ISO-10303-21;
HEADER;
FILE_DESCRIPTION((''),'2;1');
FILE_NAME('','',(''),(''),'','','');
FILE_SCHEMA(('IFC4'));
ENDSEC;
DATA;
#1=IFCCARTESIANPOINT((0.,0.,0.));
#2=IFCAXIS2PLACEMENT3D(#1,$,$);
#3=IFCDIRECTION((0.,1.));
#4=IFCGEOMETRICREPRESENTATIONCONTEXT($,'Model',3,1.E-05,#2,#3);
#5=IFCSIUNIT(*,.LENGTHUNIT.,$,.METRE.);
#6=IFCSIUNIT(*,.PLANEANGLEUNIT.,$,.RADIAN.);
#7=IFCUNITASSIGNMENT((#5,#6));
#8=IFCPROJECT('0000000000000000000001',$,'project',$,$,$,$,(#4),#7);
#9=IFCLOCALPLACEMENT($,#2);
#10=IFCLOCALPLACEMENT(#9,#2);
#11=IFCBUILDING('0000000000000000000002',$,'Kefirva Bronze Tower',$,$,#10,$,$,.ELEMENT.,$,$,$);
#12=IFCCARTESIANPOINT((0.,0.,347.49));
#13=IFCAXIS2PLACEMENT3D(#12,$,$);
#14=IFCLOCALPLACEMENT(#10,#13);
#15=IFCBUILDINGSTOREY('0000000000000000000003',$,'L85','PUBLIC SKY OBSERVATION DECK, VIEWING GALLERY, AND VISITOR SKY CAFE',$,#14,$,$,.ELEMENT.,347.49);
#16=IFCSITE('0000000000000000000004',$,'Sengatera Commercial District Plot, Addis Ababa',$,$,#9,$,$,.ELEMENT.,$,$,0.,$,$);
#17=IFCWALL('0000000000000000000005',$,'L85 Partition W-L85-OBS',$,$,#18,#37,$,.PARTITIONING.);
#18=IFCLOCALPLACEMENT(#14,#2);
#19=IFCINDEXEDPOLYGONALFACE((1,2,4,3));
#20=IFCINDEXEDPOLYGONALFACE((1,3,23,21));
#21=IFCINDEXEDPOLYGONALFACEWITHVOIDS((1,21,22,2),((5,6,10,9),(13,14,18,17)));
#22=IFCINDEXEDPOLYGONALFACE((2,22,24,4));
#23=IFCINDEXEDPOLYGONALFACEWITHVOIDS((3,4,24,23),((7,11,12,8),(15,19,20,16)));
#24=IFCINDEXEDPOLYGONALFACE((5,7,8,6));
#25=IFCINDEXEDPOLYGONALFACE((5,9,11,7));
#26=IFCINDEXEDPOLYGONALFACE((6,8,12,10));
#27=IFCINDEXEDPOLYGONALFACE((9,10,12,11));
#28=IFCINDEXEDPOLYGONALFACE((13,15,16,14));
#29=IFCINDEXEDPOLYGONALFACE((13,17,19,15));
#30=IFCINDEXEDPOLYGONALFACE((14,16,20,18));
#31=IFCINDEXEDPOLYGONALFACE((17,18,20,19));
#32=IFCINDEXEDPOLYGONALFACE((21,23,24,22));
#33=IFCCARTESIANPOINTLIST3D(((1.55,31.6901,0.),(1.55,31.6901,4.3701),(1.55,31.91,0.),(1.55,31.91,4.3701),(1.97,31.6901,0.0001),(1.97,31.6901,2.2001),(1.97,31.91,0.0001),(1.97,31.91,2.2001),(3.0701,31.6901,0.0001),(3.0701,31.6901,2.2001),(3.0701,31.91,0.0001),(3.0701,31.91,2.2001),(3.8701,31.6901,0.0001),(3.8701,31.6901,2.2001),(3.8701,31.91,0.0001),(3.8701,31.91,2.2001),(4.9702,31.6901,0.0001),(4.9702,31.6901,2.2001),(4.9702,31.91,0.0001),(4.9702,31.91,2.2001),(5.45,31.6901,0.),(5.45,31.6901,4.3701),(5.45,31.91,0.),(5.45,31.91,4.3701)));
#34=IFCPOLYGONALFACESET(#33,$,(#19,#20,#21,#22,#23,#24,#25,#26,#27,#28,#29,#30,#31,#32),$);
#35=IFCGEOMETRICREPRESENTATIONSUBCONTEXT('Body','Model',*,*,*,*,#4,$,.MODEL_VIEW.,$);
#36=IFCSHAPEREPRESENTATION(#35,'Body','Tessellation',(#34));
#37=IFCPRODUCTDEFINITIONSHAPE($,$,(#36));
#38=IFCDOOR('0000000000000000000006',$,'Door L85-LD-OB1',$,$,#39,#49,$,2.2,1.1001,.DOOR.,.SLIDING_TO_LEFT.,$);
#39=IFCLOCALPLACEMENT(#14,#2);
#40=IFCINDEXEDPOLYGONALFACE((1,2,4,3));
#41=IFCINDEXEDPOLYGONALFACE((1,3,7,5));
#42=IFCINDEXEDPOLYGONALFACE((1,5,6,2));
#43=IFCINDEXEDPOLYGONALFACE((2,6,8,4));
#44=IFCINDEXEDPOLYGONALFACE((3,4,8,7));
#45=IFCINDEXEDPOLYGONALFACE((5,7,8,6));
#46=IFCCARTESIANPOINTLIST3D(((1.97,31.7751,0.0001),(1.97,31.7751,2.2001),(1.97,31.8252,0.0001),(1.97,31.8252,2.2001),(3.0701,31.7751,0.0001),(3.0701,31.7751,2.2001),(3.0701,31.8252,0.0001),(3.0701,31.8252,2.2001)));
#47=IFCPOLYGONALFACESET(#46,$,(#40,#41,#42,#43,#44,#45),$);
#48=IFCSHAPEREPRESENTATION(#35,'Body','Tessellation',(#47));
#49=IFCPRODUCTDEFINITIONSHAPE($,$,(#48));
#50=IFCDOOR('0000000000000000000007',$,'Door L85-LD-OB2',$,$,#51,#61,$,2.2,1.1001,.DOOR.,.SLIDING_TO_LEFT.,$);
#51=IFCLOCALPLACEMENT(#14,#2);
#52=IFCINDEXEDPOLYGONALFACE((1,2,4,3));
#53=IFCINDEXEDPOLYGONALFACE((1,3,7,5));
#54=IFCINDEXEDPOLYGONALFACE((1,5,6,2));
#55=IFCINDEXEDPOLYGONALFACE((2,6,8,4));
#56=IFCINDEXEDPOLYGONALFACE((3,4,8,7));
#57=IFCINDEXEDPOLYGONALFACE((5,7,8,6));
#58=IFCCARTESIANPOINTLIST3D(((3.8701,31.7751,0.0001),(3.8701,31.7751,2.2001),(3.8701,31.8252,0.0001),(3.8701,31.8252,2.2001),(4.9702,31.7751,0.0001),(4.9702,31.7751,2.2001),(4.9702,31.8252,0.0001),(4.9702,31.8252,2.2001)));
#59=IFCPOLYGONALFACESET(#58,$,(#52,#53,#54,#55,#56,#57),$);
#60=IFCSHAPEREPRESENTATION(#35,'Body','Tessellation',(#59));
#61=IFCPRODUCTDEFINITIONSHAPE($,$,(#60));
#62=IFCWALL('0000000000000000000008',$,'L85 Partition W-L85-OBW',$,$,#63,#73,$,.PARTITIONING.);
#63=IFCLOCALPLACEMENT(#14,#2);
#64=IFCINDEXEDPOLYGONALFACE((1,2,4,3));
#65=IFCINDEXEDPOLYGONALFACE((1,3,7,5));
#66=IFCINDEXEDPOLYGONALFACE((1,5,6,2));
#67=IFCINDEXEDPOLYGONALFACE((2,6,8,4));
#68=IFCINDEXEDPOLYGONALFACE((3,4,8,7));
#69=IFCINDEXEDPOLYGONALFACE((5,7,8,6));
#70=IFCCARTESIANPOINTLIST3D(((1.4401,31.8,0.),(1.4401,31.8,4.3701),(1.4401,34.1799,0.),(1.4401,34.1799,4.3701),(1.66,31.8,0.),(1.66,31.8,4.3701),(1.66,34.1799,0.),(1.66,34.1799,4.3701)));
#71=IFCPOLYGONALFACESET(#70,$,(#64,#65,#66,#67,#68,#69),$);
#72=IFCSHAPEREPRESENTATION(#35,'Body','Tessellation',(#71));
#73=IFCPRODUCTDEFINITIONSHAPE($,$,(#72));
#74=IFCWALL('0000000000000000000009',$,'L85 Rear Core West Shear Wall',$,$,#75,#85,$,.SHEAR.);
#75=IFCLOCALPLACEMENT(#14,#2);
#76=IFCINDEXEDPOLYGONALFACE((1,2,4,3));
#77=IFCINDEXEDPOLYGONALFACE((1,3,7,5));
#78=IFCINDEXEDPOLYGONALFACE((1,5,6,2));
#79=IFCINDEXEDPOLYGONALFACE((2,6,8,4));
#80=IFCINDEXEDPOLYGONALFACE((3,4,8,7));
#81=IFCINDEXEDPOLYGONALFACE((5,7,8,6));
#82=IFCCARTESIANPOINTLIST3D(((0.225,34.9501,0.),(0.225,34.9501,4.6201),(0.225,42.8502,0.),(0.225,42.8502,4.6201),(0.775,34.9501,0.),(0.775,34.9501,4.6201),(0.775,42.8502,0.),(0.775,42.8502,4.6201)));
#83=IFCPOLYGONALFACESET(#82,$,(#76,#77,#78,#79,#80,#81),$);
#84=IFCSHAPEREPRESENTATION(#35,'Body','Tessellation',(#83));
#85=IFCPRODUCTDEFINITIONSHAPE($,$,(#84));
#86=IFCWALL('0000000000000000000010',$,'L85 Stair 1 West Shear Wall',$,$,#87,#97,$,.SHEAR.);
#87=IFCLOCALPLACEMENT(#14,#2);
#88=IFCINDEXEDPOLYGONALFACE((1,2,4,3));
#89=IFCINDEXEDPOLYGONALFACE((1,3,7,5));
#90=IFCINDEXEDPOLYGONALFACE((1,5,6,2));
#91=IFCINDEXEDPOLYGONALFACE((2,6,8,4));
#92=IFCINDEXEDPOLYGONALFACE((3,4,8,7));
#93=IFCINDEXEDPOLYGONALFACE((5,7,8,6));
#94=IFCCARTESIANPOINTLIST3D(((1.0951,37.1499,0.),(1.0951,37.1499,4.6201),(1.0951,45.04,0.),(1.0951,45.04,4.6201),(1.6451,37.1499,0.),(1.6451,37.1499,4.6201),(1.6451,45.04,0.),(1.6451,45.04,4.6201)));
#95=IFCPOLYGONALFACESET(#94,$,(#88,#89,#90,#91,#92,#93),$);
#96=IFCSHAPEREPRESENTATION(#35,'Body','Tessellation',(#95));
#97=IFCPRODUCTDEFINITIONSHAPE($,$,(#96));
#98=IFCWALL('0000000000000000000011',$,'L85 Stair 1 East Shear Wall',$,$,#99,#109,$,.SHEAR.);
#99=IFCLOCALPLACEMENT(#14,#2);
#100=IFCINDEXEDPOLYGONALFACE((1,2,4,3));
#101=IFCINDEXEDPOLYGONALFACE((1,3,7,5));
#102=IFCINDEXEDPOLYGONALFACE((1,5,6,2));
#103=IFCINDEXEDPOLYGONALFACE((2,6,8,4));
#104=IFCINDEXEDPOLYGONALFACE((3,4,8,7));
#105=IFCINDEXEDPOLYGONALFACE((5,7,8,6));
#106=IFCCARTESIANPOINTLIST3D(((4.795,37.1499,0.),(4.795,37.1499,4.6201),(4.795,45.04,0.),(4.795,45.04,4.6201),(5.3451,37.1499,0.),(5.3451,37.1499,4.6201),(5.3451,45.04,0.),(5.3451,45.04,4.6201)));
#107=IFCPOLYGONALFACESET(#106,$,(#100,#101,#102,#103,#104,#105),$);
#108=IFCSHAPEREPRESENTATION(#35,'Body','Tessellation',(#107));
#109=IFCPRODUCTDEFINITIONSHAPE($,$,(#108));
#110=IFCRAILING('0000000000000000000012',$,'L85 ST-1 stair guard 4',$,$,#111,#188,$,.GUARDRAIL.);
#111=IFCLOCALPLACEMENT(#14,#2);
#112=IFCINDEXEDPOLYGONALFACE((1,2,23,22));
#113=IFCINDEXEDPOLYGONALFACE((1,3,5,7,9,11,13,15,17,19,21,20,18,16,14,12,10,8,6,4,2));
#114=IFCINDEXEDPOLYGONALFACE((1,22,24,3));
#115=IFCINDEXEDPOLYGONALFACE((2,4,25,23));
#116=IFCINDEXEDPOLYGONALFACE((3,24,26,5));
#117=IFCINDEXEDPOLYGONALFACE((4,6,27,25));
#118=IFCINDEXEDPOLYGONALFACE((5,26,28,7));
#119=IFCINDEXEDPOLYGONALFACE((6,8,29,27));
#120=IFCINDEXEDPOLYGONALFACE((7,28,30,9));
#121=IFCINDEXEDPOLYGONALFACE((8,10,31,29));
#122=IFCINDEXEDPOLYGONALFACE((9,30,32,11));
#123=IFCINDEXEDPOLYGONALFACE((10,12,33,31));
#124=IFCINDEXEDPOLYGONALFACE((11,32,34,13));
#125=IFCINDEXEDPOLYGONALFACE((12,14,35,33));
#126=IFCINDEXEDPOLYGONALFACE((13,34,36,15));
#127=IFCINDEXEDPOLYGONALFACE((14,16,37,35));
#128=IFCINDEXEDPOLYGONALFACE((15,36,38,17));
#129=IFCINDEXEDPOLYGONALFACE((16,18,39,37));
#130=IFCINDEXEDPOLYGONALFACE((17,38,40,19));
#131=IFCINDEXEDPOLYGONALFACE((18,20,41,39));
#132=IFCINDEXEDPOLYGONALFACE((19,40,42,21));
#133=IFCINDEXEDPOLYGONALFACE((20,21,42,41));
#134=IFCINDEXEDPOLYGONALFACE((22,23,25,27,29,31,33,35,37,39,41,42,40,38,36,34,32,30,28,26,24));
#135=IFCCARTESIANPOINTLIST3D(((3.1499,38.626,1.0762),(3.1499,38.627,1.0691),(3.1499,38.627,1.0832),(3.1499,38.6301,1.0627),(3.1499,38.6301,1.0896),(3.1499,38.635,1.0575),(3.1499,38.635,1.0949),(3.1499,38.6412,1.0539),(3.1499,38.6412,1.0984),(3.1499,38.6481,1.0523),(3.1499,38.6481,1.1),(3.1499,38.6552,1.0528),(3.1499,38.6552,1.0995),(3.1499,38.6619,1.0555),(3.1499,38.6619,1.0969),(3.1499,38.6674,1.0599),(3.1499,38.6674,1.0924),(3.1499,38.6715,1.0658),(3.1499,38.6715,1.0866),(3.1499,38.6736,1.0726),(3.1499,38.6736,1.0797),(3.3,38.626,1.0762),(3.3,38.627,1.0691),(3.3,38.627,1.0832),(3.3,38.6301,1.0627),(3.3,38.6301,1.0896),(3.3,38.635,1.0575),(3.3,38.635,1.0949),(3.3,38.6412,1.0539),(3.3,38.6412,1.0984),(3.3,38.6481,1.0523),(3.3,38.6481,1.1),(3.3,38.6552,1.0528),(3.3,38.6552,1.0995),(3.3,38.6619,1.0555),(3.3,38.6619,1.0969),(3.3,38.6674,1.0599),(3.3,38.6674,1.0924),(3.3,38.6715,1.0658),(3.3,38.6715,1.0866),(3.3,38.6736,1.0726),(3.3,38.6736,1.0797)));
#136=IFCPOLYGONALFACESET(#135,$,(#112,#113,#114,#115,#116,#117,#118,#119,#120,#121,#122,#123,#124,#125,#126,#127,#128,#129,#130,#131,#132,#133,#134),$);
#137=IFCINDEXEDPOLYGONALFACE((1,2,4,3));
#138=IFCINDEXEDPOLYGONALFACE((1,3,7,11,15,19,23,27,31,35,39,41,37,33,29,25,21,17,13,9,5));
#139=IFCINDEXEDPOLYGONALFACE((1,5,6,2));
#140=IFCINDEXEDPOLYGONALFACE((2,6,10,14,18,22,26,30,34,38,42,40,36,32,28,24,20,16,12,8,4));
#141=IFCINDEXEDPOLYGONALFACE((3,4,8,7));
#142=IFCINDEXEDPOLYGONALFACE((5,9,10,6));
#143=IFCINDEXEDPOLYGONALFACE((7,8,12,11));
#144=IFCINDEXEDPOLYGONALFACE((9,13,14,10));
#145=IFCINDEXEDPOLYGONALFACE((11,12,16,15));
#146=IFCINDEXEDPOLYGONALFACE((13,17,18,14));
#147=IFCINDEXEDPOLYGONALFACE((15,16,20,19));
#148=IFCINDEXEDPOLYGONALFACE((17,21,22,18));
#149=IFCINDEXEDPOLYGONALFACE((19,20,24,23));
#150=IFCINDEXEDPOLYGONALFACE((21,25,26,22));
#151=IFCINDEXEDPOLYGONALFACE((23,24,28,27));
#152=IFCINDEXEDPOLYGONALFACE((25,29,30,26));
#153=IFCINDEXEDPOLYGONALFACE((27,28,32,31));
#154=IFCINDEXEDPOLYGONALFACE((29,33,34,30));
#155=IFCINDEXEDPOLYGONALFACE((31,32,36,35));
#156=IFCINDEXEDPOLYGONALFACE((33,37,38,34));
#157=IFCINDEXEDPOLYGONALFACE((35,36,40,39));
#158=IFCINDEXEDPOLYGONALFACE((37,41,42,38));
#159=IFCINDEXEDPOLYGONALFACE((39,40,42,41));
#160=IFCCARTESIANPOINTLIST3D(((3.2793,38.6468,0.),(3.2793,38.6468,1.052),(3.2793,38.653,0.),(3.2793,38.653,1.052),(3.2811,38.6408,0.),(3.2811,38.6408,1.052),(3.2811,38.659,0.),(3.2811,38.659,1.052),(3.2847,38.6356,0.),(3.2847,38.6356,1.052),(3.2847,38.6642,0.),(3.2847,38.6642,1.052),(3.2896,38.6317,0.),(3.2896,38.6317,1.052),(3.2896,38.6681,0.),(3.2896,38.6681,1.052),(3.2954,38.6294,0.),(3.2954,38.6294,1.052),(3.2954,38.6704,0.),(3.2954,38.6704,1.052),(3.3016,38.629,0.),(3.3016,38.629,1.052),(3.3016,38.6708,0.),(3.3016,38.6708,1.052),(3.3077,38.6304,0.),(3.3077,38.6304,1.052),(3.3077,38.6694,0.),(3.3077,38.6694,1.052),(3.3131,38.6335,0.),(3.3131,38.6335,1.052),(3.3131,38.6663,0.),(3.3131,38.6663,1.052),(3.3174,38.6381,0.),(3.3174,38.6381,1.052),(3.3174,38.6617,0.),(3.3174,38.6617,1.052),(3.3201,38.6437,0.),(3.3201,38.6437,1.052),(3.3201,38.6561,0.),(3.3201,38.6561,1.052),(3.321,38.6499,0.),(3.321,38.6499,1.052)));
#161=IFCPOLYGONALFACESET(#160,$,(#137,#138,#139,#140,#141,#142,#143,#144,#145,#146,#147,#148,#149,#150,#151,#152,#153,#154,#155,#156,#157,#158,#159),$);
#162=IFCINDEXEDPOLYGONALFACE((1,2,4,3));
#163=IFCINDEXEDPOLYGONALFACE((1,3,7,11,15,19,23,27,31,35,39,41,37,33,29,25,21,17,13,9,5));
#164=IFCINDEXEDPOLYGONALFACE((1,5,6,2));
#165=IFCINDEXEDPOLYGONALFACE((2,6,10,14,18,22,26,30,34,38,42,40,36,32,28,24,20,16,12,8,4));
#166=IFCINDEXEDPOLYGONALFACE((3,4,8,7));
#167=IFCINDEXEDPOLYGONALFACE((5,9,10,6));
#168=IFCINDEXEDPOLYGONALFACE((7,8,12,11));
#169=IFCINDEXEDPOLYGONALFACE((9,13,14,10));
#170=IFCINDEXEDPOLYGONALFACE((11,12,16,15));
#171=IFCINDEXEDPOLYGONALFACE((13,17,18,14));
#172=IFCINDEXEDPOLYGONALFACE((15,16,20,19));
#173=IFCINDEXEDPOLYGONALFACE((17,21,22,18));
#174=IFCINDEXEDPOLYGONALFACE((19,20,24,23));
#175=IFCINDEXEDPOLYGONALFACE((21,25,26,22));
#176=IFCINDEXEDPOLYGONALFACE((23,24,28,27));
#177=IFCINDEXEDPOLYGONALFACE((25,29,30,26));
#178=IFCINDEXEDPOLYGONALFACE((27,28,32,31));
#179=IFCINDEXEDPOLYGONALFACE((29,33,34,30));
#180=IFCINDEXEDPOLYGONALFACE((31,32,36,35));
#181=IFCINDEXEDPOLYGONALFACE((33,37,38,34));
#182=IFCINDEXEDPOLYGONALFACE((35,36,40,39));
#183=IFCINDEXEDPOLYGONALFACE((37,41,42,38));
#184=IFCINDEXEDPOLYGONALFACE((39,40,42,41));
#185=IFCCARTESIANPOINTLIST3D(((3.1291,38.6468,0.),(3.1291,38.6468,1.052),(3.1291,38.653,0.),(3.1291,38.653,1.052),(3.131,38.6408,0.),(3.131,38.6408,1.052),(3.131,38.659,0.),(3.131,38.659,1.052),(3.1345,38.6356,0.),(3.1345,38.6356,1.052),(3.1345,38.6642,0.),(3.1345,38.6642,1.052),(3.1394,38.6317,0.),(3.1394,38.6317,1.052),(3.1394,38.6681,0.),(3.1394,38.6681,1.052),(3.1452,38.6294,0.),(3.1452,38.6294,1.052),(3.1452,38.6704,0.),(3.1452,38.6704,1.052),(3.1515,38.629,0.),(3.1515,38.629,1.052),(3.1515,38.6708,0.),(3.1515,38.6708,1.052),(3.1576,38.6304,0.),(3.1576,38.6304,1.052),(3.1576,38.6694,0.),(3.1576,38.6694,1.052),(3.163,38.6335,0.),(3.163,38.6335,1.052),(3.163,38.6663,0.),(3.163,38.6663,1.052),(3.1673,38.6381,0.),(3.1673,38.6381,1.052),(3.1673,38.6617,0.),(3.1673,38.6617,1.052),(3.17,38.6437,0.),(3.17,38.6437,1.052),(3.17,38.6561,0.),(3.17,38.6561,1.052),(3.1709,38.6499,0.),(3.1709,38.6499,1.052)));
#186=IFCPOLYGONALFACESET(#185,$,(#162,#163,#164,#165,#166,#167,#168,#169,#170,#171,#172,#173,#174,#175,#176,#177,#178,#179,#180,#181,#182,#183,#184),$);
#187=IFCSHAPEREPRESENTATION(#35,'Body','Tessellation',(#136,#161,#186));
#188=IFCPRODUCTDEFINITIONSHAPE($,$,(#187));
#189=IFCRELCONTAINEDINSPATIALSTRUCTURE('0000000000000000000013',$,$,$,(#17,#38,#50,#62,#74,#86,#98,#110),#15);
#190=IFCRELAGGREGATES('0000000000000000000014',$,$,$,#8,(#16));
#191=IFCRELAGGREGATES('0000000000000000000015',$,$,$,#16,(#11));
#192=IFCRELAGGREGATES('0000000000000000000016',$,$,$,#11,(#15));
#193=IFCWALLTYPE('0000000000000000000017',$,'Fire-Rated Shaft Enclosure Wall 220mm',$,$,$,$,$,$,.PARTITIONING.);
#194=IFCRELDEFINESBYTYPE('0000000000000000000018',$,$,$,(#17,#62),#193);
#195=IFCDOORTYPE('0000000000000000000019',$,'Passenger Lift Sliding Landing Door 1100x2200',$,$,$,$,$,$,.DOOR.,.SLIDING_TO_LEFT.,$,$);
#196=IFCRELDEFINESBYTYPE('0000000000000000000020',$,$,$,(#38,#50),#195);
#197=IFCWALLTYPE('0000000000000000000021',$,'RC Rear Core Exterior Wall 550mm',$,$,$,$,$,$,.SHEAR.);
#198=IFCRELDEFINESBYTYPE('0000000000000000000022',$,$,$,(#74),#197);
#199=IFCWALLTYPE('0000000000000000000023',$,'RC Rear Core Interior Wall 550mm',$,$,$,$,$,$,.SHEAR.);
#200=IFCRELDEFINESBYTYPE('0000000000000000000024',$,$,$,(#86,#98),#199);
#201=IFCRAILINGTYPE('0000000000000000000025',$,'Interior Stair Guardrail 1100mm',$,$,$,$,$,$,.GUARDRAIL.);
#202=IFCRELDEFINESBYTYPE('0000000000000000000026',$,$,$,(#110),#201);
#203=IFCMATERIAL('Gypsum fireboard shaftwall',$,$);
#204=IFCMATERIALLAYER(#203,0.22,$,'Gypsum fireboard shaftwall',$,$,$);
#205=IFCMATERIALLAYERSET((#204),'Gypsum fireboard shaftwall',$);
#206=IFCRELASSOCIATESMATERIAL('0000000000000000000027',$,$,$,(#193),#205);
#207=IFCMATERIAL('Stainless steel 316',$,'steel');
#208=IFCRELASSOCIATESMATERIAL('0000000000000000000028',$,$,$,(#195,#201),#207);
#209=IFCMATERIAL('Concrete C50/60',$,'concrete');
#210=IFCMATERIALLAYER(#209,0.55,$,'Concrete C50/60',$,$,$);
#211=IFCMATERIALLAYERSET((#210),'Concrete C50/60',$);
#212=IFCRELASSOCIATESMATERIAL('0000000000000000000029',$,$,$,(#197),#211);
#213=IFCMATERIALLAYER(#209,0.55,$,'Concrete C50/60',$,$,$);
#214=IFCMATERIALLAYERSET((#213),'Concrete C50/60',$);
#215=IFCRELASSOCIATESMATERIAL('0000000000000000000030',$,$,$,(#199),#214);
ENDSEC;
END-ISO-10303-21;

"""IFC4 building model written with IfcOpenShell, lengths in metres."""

from ifc_helpers import new_model, si_unit, direction, frame, frame_2d, origin, origin_2d, place, context, subcontext, project, spatial, rectangle, circle, extrude, material, layer, layer_set, type_object, element, fill, save


model = new_model("IFC4")

# Units and contexts
model_context = context("Model", 3, precision=1e-05, world=origin(), true_north=direction((0.0, 1.0)))
body_context = subcontext(model_context, "Body", "Model", "MODEL_VIEW")
ifc_project = project(units=[si_unit("LENGTHUNIT", "METRE"), si_unit("PLANEANGLEUNIT", "RADIAN")], contexts=[model_context])

# Site, building, storey
site_placement = place(None, origin())
site = spatial("IfcSite", under=ifc_project, at=site_placement, Name="Sengatera Commercial District Plot, Addis Ababa", CompositionType="ELEMENT", RefElevation=0.0)
building_placement = place(site_placement, origin())
building = spatial("IfcBuilding", under=site, at=building_placement, Name="Kefirva Bronze Tower", CompositionType="ELEMENT")
storey_placement = place(building_placement, frame((0.0, 0.0, 347.49)))
storey = spatial("IfcBuildingStorey", under=building, at=storey_placement, Name="L85", Description="PUBLIC SKY OBSERVATION DECK, VIEWING GALLERY, AND VISITOR SKY CAFE", CompositionType="ELEMENT", Elevation=347.49)

# Shared definitions
ifc_material_1 = material(Name="Concrete C50/60", Category="concrete")

# Shared definitions
ifc_material_2 = material(Name="Gypsum fireboard shaftwall")
ifc_layer_1 = layer(ifc_material_2, 0.22, Name="Gypsum fireboard shaftwall")
ifc_layer_set_1 = layer_set([ifc_layer_1], Name="Gypsum fireboard shaftwall")
wall_type_1 = type_object("IfcWallType", Name="Fire-Rated Shaft Enclosure Wall 220mm", PredefinedType="PARTITIONING", material=ifc_layer_set_1)

# Wall, openings, doors
wall_1_placement = place(storey_placement, frame((1.55, 31.8, 0.0), z_axis=(0.0, 0.0, 1.0), x_axis=(1.0, 0.0, 0.0)))
wall_1 = element("IfcWall", 1, at=wall_1_placement, inside=storey, type_object=wall_type_1, Name="L85 Partition W-L85-OBS", PredefinedType="PARTITIONING", context=body_context, shape_type="SweptSolid", body=[
    extrude(rectangle(XDim=3.8999, YDim=0.22, at=frame_2d((1.95, 0.0))), origin(), (0.0, 0.0, 1.0), 4.3701),
])
opening_1_placement = place(wall_1_placement, frame((1.52, 0.0, 0.0), z_axis=(0.0, 0.0, 1.0), x_axis=(-1.0, 0.0, 0.0)))
opening_1 = element("IfcOpeningElement", 2, at=opening_1_placement, cuts=wall_1, PredefinedType="OPENING", context=body_context, shape_type="SweptSolid", body=[
    extrude(rectangle(XDim=1.1001, YDim=2.2, at=frame_2d((0.55, 1.1001))), frame((0.0, 0.1201, 0.0), z_axis=(0.0, -1.0, 0.0), x_axis=(1.0, 0.0, 0.0)), (0.0, 0.0, 1.0), 0.24),
])
opening_2_placement = place(wall_1_placement, frame((3.4202, 0.0, 0.0), z_axis=(0.0, 0.0, 1.0), x_axis=(-1.0, 0.0, 0.0)))
opening_2 = element("IfcOpeningElement", 3, at=opening_2_placement, cuts=wall_1, PredefinedType="OPENING", context=body_context, shape_type="SweptSolid", body=[
    extrude(rectangle(XDim=1.1001, YDim=2.2, at=frame_2d((0.55, 1.1001))), frame((0.0, 0.1201, 0.0), z_axis=(0.0, -1.0, 0.0), x_axis=(1.0, 0.0, 0.0)), (0.0, 0.0, 1.0), 0.24),
])
ifc_material_3 = material(Name="Stainless steel 316", Category="steel")
door_type_1 = type_object("IfcDoorType", Name="Passenger Lift Sliding Landing Door 1100x2200", OperationType="SLIDING_TO_LEFT", PredefinedType="DOOR", material=ifc_material_3)
door_1_placement = place(opening_1_placement, origin())
door_1 = element("IfcDoor", 4, at=door_1_placement, inside=storey, type_object=door_type_1, Name="Door L85-LD-OB1", OperationType="SLIDING_TO_LEFT", OverallHeight=2.2, OverallWidth=1.1001, PredefinedType="DOOR", context=body_context, shape_type="SweptSolid", body=[
    extrude(rectangle(XDim=1.1001, YDim=2.2, at=frame_2d((0.55, 1.1001))), frame((0.0, 0.0249, 0.0), z_axis=(0.0, -1.0, 0.0), x_axis=(1.0, 0.0, 0.0)), (0.0, 0.0, 1.0), 0.05),
])
fill(opening_1, door_1)
door_2_placement = place(opening_2_placement, origin())
door_2 = element("IfcDoor", 5, at=door_2_placement, inside=storey, type_object=door_type_1, Name="Door L85-LD-OB2", OperationType="SLIDING_TO_LEFT", OverallHeight=2.2, OverallWidth=1.1001, PredefinedType="DOOR", context=body_context, shape_type="SweptSolid", body=[
    extrude(rectangle(XDim=1.1001, YDim=2.2, at=frame_2d((0.55, 1.1001))), frame((0.0, 0.0249, 0.0), z_axis=(0.0, -1.0, 0.0), x_axis=(1.0, 0.0, 0.0)), (0.0, 0.0, 1.0), 0.05),
])
fill(opening_2, door_2)

# Walls
wall_2_placement = place(storey_placement, frame((1.55, 31.8, 0.0), z_axis=(0.0, 0.0, 1.0), x_axis=(0.0, 1.0, 0.0)))
element("IfcWall", 6, at=wall_2_placement, inside=storey, type_object=wall_type_1, Name="L85 Partition W-L85-OBW", PredefinedType="PARTITIONING", context=body_context, shape_type="SweptSolid", body=[
    extrude(rectangle(XDim=2.3799, YDim=0.22, at=frame_2d((1.1899, 0.0))), origin(), (0.0, 0.0, 1.0), 4.3701),
])
ifc_layer_2 = layer(ifc_material_1, 0.55, Name="Concrete C50/60")
ifc_layer_set_2 = layer_set([ifc_layer_2], Name="Concrete C50/60")
wall_type_2 = type_object("IfcWallType", Name="RC Rear Core Exterior Wall 550mm", PredefinedType="SHEAR", material=ifc_layer_set_2)
wall_3_placement = place(storey_placement, frame((0.5, 34.95, 0.0), z_axis=(0.0, 0.0, 1.0), x_axis=(0.0, 1.0, 0.0)))
element("IfcWall", 7, at=wall_3_placement, inside=storey, type_object=wall_type_2, Name="L85 Rear Core West Shear Wall", PredefinedType="SHEAR", context=body_context, shape_type="SweptSolid", body=[
    extrude(rectangle(XDim=7.9001, YDim=0.55, at=frame_2d((3.9502, 0.0))), origin(), (0.0, 0.0, 1.0), 4.6201),
])

# Shared definitions
ifc_layer_3 = layer(ifc_material_1, 0.55, Name="Concrete C50/60")
ifc_layer_set_3 = layer_set([ifc_layer_3], Name="Concrete C50/60")
wall_type_3 = type_object("IfcWallType", Name="RC Rear Core Interior Wall 550mm", PredefinedType="SHEAR", material=ifc_layer_set_3)

# Walls
for number, where, z_axis, x_axis, name in (
    (8, (1.3701, 37.1499, 0.0), (0.0, 0.0, 1.0), (0.0, 1.0, 0.0), "L85 Stair 1 West Shear Wall"),
    (9, (5.0701, 37.1499, 0.0), (0.0, 0.0, 1.0), (0.0, 1.0, 0.0), "L85 Stair 1 East Shear Wall"),
):
    element("IfcWall", number, at=place(storey_placement, frame(where, z_axis=z_axis, x_axis=x_axis)), inside=storey, type_object=wall_type_3, Name=name, PredefinedType="SHEAR", context=body_context, shape_type="SweptSolid", body=[
        extrude(rectangle(XDim=7.8901, YDim=0.55, at=frame_2d((3.9451, 0.0))), origin(), (0.0, 0.0, 1.0), 4.6201),
    ])

# Railing
railing_type = type_object("IfcRailingType", Name="Interior Stair Guardrail 1100mm", PredefinedType="GUARDRAIL", material=ifc_material_3)
railing_1_placement = place(storey_placement, frame((3.3, 38.6499, 0.0)))
element("IfcRailing", 10, at=railing_1_placement, inside=storey, type_object=railing_type, Name="L85 ST-1 stair guard 4", PredefinedType="GUARDRAIL", context=body_context, shape_type="SweptSolid", body=[
    extrude(circle(Radius=0.0239, at=origin_2d()), frame((0.0, 0.0, 1.0762), z_axis=(-1.0, 0.0, 0.0), x_axis=(0.0, -1.0, 0.0)), (0.0, 0.0, 1.0), 0.1501),
    extrude(circle(Radius=0.021, at=origin_2d()), origin(), (0.0, 0.0, 1.0), 1.052),
    extrude(circle(Radius=0.021, at=origin_2d()), frame((-0.1501, 0.0, 0.0)), (0.0, 0.0, 1.0), 1.052),
])

save(model, "model.ifc")
